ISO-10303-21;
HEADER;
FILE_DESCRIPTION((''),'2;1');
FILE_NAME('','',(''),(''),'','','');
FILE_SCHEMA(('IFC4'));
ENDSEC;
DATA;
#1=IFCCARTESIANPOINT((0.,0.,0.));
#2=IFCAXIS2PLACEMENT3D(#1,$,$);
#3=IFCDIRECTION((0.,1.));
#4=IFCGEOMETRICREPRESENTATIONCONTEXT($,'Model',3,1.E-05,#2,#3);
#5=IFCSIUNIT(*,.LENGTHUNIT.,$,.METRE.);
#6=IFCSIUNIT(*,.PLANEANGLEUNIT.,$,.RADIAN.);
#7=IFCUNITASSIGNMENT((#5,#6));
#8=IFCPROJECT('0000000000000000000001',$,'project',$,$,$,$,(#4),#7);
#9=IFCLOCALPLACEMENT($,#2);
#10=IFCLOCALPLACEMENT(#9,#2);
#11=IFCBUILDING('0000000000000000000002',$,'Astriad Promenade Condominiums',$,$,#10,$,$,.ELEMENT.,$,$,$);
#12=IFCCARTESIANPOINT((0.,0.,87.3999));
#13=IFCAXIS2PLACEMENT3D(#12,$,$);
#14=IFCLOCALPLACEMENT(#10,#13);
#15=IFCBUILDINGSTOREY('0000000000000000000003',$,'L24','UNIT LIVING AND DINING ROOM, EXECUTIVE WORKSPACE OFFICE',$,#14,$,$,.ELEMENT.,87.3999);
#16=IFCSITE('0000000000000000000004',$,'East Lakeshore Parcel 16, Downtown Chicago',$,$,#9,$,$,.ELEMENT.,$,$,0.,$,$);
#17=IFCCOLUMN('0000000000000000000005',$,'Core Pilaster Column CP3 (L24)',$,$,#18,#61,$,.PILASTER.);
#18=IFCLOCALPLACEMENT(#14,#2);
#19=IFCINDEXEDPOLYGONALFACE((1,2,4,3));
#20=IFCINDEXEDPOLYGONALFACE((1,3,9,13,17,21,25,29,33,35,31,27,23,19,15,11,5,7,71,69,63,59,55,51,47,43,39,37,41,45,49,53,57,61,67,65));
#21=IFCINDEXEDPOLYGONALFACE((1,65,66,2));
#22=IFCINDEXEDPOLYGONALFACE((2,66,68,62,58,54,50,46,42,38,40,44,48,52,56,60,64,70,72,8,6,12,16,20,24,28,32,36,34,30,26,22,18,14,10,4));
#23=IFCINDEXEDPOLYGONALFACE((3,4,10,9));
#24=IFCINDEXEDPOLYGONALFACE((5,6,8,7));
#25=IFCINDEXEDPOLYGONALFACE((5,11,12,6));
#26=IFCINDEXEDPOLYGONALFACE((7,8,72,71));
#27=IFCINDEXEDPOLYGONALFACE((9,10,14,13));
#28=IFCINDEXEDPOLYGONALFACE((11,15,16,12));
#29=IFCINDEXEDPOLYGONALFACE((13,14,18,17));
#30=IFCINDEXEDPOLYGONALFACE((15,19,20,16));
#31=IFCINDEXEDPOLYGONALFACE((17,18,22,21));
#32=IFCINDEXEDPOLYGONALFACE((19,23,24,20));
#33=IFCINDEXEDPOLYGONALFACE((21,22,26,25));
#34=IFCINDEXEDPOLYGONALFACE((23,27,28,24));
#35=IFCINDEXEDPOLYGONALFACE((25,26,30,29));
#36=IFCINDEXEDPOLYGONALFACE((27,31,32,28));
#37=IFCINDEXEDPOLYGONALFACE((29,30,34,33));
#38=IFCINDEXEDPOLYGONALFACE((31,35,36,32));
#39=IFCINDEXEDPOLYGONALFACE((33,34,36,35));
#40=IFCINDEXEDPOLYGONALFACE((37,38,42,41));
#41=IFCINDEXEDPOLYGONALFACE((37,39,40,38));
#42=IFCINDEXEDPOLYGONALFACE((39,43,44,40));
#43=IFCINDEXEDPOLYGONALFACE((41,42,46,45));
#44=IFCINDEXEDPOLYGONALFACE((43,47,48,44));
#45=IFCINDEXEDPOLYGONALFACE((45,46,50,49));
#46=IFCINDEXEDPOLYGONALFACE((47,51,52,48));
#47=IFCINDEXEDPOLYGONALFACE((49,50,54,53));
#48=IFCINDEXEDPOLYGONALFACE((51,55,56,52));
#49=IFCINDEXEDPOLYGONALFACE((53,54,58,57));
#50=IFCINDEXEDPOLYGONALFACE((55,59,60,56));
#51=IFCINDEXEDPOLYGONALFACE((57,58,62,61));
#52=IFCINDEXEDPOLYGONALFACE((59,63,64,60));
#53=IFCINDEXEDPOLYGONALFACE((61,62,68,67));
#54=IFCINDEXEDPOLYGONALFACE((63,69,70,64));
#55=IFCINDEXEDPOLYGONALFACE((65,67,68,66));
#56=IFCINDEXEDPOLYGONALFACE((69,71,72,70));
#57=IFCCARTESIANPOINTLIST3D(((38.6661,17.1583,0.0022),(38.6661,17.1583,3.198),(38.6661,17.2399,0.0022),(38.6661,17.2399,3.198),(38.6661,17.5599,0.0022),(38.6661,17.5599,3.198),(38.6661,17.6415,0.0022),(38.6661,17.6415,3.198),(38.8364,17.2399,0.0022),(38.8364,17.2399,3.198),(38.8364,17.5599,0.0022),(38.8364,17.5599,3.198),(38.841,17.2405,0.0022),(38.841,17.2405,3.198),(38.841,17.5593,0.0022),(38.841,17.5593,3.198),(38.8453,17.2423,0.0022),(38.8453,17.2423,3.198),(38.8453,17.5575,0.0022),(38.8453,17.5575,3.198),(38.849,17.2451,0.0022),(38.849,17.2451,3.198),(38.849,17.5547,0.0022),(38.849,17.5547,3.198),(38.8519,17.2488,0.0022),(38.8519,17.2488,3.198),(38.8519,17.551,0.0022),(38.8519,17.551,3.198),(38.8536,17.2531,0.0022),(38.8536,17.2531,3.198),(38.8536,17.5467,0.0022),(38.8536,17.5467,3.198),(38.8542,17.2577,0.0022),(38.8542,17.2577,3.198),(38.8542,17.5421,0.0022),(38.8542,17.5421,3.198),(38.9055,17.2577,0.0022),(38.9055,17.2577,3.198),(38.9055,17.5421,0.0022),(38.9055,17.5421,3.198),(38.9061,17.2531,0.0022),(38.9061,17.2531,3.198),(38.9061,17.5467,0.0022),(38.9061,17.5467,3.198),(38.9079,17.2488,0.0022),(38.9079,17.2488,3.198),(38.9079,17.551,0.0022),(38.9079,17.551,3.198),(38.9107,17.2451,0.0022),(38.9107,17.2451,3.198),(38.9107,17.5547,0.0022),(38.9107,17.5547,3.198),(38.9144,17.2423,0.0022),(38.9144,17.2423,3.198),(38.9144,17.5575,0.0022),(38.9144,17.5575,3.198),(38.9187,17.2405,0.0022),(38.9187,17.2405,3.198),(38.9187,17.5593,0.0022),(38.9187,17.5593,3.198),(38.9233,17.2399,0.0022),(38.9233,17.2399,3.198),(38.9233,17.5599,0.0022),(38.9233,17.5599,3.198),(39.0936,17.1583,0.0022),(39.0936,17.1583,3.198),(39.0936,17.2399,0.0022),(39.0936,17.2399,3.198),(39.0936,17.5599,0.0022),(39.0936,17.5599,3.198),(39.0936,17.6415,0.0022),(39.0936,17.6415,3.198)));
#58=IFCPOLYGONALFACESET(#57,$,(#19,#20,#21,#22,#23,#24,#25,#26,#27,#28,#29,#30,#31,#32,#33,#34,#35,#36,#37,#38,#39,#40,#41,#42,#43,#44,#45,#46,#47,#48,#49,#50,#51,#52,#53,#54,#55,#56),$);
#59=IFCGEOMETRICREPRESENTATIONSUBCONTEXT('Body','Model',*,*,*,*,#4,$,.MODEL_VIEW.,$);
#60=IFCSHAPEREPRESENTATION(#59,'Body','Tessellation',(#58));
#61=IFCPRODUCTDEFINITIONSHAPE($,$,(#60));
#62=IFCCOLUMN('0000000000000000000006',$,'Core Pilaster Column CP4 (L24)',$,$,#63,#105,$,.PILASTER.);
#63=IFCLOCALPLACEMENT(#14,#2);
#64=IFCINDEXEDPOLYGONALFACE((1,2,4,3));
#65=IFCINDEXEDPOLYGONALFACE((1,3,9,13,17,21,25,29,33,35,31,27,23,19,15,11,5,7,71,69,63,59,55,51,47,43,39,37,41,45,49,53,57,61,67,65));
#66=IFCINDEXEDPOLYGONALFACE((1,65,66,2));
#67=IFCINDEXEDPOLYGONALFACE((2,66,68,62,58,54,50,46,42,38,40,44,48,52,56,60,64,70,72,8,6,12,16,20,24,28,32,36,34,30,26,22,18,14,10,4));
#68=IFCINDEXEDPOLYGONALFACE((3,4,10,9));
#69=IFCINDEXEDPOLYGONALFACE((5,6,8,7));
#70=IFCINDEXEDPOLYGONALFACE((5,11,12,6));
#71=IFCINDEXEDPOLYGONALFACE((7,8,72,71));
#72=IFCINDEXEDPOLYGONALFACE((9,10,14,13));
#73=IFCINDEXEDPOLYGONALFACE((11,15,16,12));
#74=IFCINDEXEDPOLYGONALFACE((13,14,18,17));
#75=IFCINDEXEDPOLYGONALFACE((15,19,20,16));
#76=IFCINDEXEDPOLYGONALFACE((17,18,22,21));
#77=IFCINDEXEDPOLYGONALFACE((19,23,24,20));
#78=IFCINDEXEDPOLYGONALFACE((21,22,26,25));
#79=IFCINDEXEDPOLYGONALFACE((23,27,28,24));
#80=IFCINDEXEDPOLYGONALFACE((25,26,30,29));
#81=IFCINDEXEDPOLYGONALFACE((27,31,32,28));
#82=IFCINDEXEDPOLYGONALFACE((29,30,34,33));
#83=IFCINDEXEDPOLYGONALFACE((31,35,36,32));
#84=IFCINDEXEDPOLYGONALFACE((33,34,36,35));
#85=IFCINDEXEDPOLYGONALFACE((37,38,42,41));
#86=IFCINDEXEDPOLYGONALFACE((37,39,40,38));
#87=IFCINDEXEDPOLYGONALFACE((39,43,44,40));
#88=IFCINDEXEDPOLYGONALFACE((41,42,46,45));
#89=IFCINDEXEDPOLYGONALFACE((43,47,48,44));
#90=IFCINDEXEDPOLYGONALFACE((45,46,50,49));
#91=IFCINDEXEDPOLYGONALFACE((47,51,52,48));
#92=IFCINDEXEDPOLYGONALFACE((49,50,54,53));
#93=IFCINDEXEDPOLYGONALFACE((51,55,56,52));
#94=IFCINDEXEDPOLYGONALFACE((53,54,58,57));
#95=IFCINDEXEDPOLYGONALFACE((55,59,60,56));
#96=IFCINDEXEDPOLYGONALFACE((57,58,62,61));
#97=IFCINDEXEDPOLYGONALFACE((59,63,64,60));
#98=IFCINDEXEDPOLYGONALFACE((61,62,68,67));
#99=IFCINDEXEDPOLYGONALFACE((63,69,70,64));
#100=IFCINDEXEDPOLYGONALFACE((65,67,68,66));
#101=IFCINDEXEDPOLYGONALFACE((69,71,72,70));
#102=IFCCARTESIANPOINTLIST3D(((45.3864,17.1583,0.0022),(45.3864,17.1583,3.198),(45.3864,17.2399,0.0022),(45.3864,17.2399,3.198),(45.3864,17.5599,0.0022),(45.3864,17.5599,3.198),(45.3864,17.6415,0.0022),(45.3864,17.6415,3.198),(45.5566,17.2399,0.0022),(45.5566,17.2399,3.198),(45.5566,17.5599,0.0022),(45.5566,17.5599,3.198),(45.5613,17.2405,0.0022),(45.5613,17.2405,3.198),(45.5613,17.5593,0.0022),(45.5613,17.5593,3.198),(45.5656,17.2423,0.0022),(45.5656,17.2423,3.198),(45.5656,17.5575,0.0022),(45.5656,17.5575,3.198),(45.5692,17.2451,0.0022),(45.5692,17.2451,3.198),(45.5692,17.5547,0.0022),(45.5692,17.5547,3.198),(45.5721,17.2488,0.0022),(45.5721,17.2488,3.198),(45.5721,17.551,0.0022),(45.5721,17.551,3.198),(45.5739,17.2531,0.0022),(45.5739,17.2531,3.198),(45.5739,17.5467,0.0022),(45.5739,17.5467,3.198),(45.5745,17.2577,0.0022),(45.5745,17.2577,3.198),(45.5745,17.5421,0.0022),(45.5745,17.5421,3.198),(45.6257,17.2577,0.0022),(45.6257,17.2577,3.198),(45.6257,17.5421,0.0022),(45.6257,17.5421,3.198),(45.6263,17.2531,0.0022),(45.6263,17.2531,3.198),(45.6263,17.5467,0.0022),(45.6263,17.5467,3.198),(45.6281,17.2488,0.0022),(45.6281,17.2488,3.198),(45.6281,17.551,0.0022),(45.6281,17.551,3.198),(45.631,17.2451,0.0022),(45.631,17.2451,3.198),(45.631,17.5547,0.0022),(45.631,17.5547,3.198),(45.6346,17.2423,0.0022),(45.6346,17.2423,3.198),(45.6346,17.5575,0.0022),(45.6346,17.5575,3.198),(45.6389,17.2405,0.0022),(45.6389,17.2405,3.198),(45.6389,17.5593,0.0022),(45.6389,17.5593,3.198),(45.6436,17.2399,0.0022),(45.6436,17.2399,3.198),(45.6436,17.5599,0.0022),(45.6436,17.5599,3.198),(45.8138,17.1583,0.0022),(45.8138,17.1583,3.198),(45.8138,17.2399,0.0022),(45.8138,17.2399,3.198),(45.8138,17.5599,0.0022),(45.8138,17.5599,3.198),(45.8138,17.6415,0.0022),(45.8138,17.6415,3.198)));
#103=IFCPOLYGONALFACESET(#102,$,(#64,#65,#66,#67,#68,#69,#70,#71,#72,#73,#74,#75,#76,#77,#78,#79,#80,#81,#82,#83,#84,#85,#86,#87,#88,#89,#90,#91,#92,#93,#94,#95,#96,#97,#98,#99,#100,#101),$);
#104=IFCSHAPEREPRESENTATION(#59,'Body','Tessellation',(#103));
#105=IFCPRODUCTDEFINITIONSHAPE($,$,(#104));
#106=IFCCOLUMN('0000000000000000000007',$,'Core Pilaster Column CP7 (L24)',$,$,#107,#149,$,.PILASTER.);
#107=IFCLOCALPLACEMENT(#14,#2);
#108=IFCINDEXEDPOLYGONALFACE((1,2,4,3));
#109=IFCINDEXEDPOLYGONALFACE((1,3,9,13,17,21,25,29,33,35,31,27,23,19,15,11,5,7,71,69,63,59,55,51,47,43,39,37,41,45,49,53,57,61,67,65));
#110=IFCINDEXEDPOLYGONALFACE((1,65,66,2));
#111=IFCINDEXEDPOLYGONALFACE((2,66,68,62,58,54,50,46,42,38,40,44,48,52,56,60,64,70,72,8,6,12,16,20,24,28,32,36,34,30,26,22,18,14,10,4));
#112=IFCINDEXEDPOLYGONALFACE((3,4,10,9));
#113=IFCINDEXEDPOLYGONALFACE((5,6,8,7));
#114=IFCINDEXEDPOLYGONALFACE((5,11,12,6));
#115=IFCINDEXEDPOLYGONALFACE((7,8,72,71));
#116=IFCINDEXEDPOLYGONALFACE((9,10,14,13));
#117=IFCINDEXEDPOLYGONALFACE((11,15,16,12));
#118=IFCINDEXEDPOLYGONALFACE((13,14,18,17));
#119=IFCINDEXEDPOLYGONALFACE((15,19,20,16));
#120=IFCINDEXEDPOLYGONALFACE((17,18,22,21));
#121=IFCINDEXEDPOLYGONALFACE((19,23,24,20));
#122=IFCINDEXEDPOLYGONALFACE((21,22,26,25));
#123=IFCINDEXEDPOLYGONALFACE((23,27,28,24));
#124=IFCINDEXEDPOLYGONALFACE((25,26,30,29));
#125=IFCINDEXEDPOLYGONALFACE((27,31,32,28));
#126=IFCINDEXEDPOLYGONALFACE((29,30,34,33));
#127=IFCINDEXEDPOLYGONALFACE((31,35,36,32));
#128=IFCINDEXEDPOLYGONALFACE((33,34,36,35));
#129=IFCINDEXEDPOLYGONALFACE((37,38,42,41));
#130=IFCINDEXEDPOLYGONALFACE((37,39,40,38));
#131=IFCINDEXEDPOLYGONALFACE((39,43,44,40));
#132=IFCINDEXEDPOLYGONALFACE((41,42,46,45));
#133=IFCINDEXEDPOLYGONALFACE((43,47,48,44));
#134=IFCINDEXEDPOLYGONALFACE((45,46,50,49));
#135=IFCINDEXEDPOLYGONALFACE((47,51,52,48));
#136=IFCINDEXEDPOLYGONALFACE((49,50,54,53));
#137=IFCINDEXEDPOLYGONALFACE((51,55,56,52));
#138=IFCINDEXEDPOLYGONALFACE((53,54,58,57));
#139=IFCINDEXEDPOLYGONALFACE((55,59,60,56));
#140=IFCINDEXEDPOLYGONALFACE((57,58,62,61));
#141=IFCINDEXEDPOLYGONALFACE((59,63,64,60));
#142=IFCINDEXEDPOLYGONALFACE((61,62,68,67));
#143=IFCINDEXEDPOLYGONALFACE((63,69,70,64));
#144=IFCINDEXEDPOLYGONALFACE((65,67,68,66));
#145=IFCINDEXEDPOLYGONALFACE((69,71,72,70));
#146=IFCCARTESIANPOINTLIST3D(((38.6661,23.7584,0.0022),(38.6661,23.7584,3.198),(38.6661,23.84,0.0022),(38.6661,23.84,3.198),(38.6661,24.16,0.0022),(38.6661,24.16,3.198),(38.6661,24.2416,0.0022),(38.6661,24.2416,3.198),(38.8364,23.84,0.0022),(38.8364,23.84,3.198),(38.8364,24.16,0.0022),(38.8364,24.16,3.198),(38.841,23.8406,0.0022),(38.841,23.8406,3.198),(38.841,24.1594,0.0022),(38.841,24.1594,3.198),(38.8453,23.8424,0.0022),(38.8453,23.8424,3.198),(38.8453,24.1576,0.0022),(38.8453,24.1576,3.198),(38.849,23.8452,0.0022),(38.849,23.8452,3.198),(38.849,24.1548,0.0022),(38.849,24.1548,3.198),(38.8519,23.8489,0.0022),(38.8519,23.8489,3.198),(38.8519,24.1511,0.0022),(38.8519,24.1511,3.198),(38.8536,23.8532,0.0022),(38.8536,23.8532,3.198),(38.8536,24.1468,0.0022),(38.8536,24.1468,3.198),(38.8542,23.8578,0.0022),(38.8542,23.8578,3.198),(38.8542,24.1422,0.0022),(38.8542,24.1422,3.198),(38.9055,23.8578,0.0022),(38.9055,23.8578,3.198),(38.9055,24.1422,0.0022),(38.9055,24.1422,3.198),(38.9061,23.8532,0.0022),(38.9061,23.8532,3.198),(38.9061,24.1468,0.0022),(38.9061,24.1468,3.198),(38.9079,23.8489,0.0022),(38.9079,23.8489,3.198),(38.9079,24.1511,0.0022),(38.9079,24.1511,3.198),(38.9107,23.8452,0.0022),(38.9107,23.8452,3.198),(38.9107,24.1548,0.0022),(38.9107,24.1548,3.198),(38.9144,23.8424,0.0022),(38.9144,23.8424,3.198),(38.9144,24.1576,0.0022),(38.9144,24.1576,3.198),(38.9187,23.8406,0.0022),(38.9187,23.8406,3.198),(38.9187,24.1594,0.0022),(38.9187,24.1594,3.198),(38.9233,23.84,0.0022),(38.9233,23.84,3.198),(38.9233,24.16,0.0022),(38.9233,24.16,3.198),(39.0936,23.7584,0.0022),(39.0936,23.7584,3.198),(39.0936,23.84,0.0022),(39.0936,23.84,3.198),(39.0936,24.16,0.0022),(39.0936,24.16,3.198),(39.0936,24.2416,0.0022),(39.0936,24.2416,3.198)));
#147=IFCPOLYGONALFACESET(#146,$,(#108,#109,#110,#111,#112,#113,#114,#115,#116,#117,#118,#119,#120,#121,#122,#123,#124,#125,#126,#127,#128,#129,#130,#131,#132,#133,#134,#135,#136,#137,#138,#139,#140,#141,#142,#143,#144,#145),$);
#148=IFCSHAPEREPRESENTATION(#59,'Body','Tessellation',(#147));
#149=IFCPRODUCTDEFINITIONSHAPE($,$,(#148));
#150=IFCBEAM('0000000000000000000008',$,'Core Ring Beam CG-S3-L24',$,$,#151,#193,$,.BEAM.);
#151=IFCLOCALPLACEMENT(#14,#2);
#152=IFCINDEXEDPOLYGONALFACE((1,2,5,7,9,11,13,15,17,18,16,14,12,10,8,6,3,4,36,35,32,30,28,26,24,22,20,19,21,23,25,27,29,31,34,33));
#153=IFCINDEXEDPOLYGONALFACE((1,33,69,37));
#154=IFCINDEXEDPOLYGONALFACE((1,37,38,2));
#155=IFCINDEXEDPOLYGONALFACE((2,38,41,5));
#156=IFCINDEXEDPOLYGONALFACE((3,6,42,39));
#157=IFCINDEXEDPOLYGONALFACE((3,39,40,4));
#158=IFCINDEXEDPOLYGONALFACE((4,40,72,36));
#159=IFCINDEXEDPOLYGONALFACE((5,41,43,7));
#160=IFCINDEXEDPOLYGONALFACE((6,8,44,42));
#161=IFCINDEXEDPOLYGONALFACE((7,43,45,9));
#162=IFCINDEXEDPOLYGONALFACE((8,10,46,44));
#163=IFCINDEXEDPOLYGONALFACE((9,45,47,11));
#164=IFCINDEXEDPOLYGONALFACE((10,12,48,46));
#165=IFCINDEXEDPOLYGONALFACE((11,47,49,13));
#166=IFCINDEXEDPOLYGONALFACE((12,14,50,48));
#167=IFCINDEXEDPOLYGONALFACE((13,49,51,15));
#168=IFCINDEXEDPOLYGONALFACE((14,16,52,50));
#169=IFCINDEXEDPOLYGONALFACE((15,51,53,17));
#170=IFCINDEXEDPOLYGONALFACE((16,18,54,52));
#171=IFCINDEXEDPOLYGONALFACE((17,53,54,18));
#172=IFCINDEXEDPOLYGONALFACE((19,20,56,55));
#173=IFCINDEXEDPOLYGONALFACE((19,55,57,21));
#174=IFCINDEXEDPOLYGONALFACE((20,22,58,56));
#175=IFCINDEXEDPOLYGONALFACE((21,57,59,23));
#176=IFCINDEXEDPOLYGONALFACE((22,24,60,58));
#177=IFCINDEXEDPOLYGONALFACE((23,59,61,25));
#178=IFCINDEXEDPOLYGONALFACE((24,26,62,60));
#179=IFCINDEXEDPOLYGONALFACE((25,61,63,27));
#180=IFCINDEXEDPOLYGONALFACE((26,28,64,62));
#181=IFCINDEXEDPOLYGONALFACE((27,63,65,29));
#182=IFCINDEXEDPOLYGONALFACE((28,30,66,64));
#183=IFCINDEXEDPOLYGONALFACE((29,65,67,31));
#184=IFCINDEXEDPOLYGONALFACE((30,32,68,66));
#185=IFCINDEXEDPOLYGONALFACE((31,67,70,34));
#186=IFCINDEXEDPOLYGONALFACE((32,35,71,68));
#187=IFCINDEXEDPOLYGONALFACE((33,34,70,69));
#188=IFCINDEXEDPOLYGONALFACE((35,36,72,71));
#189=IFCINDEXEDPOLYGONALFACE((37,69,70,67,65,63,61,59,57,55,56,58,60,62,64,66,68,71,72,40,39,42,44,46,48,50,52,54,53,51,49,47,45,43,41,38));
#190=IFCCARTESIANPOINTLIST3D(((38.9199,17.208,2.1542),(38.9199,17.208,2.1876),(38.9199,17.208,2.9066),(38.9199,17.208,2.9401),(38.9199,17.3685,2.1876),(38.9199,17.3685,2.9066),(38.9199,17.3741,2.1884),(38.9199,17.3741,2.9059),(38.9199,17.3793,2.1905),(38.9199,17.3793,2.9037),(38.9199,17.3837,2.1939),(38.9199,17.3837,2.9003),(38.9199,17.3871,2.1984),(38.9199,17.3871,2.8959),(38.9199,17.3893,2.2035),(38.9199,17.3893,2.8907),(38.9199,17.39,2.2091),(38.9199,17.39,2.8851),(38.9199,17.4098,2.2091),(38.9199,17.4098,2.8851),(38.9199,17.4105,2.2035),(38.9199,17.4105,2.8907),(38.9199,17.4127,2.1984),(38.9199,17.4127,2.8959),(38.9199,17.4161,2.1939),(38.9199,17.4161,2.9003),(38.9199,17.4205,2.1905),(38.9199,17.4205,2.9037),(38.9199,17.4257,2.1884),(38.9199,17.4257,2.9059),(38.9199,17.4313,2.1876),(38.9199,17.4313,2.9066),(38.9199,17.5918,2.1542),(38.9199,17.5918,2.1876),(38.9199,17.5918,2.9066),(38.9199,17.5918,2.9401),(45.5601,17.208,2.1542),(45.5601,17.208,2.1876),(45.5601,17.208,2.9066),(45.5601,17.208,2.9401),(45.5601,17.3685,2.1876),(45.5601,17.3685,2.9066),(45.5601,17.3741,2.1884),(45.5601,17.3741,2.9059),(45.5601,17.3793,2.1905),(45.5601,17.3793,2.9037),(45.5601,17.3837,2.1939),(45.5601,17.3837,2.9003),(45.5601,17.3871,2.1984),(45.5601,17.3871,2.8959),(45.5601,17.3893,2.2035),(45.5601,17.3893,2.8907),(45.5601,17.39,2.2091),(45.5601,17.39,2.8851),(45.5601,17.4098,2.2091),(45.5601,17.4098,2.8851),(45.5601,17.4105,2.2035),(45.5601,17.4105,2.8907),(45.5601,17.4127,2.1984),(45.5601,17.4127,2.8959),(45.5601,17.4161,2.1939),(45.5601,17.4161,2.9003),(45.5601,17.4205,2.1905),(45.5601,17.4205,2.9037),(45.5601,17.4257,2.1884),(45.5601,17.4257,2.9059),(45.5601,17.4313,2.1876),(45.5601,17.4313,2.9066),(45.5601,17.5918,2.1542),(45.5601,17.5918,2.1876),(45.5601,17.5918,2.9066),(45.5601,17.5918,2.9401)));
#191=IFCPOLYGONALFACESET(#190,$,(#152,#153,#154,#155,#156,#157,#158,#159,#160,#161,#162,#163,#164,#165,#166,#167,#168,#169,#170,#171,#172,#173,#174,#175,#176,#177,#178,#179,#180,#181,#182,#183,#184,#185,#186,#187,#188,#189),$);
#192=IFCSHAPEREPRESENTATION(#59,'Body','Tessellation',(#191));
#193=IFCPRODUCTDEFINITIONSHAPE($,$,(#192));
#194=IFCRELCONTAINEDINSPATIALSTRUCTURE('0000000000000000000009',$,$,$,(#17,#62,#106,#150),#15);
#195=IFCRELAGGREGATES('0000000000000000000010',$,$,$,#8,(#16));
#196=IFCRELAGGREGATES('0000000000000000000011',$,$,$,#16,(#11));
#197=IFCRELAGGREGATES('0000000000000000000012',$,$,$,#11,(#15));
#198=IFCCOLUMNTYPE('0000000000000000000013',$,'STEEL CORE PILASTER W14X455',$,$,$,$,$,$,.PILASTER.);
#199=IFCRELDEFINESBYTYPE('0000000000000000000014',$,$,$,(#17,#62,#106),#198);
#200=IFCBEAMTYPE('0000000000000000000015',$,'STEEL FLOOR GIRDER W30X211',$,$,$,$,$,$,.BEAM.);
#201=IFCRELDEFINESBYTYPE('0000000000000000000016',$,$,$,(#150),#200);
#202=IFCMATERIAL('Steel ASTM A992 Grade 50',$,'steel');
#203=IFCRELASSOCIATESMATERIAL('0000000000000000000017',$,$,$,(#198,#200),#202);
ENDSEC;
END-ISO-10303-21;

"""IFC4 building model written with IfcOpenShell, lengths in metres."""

from ifc_helpers import new_model, si_unit, direction, frame, origin, origin_2d, place, context, subcontext, project, spatial, i_section, extrude, source, transform, mapped, material, material_profile, profile_set, type_object, type_shapes, element, save


model = new_model("IFC4")

# Units and contexts
model_context = context("Model", 3, precision=1e-05, world=origin(), true_north=direction((0.0, 1.0)))
body_context = subcontext(model_context, "Body", "Model", "MODEL_VIEW")
ifc_project = project(units=[si_unit("LENGTHUNIT", "METRE"), si_unit("PLANEANGLEUNIT", "RADIAN")], contexts=[model_context])

# Site, building, storey
site_placement = place(None, origin())
site = spatial("IfcSite", under=ifc_project, at=site_placement, Name="East Lakeshore Parcel 16, Downtown Chicago", CompositionType="ELEMENT", RefElevation=0.0)
building_placement = place(site_placement, origin())
building = spatial("IfcBuilding", under=site, at=building_placement, Name="Astriad Promenade Condominiums", CompositionType="ELEMENT")
storey_placement = place(building_placement, frame((0.0, 0.0, 87.3999)))
storey = spatial("IfcBuildingStorey", under=building, at=storey_placement, Name="L24", Description="UNIT LIVING AND DINING ROOM, EXECUTIVE WORKSPACE OFFICE", CompositionType="ELEMENT", Elevation=87.3999)

# Columns
ifc_material_1 = material(Name="Steel ASTM A992 Grade 50", Category="steel")
ifc_material_profile_1 = material_profile(ifc_material_1, i_section(OverallWidth=0.4275, OverallDepth=0.4832, WebThickness=0.0513, FlangeThickness=0.0815, FilletRadius=0.0178, at=origin_2d()), Name="W14X455")
ifc_profile_set_1 = profile_set([ifc_material_profile_1], Name="Steel ASTM A992 Grade 50")
column_type = type_object("IfcColumnType", Name="STEEL CORE PILASTER W14X455", PredefinedType="PILASTER", material=ifc_profile_set_1)
shared_shape_1 = source(origin(), body_context, "Body", "SweptSolid", [
    extrude(i_section(OverallWidth=0.4275, OverallDepth=0.4832, WebThickness=0.0513, FlangeThickness=0.0815, FilletRadius=0.0178, at=origin_2d()), origin(), (0.0, 0.0, 1.0), 3.1958),
])
type_shapes(column_type, [shared_shape_1])
for number, where, z_axis, x_axis, name in (
    (1, (38.8799, 17.3999, 0.0022), (0.0, 0.0, 1.0), (1.0, 0.0, 0.0), "Core Pilaster Column CP3 (L24)"),
    (2, (45.6001, 17.3999, 0.0022), (0.0, 0.0, 1.0), (1.0, 0.0, 0.0), "Core Pilaster Column CP4 (L24)"),
    (3, (38.8799, 24.0, 0.0022), (0.0, 0.0, 1.0), (1.0, 0.0, 0.0), "Core Pilaster Column CP7 (L24)"),
):
    element("IfcColumn", number, at=place(storey_placement, frame(where, z_axis=z_axis, x_axis=x_axis)), inside=storey, type_object=column_type, Name=name, PredefinedType="PILASTER", context=body_context, shape_type="MappedRepresentation", body=[
        mapped(shared_shape_1, transform((0.0, 0.0, 0.0), scale=1.0)),
    ])

# Beam
ifc_material_profile_2 = material_profile(ifc_material_1, i_section(OverallWidth=0.3838, OverallDepth=0.7859, WebThickness=0.0198, FlangeThickness=0.0334, FilletRadius=0.0215, at=origin_2d()), Name="W30X211")
ifc_profile_set_2 = profile_set([ifc_material_profile_2], Name="Steel ASTM A992 Grade 50")
beam_type_1 = type_object("IfcBeamType", Name="STEEL FLOOR GIRDER W30X211", PredefinedType="BEAM", material=ifc_profile_set_2)
shared_shape_2 = source(origin(), body_context, "Body", "SweptSolid", [
    extrude(i_section(OverallWidth=0.3838, OverallDepth=0.7859, WebThickness=0.0198, FlangeThickness=0.0334, FilletRadius=0.0215, at=origin_2d()), origin(), (0.0, 0.0, 1.0), 6.6401),
])
type_shapes(beam_type_1, [shared_shape_2])
beam_1_placement = place(storey_placement, frame((38.9199, 17.3999, 2.5471), z_axis=(1.0, 0.0, 0.0), x_axis=(0.0, 1.0, 0.0)))
element("IfcBeam", 4, at=beam_1_placement, inside=storey, type_object=beam_type_1, Name="Core Ring Beam CG-S3-L24", PredefinedType="BEAM", context=body_context, shape_type="MappedRepresentation", body=[
    mapped(shared_shape_2, transform((0.0, 0.0, 0.0), scale=1.0)),
])

save(model, "model.ifc")
